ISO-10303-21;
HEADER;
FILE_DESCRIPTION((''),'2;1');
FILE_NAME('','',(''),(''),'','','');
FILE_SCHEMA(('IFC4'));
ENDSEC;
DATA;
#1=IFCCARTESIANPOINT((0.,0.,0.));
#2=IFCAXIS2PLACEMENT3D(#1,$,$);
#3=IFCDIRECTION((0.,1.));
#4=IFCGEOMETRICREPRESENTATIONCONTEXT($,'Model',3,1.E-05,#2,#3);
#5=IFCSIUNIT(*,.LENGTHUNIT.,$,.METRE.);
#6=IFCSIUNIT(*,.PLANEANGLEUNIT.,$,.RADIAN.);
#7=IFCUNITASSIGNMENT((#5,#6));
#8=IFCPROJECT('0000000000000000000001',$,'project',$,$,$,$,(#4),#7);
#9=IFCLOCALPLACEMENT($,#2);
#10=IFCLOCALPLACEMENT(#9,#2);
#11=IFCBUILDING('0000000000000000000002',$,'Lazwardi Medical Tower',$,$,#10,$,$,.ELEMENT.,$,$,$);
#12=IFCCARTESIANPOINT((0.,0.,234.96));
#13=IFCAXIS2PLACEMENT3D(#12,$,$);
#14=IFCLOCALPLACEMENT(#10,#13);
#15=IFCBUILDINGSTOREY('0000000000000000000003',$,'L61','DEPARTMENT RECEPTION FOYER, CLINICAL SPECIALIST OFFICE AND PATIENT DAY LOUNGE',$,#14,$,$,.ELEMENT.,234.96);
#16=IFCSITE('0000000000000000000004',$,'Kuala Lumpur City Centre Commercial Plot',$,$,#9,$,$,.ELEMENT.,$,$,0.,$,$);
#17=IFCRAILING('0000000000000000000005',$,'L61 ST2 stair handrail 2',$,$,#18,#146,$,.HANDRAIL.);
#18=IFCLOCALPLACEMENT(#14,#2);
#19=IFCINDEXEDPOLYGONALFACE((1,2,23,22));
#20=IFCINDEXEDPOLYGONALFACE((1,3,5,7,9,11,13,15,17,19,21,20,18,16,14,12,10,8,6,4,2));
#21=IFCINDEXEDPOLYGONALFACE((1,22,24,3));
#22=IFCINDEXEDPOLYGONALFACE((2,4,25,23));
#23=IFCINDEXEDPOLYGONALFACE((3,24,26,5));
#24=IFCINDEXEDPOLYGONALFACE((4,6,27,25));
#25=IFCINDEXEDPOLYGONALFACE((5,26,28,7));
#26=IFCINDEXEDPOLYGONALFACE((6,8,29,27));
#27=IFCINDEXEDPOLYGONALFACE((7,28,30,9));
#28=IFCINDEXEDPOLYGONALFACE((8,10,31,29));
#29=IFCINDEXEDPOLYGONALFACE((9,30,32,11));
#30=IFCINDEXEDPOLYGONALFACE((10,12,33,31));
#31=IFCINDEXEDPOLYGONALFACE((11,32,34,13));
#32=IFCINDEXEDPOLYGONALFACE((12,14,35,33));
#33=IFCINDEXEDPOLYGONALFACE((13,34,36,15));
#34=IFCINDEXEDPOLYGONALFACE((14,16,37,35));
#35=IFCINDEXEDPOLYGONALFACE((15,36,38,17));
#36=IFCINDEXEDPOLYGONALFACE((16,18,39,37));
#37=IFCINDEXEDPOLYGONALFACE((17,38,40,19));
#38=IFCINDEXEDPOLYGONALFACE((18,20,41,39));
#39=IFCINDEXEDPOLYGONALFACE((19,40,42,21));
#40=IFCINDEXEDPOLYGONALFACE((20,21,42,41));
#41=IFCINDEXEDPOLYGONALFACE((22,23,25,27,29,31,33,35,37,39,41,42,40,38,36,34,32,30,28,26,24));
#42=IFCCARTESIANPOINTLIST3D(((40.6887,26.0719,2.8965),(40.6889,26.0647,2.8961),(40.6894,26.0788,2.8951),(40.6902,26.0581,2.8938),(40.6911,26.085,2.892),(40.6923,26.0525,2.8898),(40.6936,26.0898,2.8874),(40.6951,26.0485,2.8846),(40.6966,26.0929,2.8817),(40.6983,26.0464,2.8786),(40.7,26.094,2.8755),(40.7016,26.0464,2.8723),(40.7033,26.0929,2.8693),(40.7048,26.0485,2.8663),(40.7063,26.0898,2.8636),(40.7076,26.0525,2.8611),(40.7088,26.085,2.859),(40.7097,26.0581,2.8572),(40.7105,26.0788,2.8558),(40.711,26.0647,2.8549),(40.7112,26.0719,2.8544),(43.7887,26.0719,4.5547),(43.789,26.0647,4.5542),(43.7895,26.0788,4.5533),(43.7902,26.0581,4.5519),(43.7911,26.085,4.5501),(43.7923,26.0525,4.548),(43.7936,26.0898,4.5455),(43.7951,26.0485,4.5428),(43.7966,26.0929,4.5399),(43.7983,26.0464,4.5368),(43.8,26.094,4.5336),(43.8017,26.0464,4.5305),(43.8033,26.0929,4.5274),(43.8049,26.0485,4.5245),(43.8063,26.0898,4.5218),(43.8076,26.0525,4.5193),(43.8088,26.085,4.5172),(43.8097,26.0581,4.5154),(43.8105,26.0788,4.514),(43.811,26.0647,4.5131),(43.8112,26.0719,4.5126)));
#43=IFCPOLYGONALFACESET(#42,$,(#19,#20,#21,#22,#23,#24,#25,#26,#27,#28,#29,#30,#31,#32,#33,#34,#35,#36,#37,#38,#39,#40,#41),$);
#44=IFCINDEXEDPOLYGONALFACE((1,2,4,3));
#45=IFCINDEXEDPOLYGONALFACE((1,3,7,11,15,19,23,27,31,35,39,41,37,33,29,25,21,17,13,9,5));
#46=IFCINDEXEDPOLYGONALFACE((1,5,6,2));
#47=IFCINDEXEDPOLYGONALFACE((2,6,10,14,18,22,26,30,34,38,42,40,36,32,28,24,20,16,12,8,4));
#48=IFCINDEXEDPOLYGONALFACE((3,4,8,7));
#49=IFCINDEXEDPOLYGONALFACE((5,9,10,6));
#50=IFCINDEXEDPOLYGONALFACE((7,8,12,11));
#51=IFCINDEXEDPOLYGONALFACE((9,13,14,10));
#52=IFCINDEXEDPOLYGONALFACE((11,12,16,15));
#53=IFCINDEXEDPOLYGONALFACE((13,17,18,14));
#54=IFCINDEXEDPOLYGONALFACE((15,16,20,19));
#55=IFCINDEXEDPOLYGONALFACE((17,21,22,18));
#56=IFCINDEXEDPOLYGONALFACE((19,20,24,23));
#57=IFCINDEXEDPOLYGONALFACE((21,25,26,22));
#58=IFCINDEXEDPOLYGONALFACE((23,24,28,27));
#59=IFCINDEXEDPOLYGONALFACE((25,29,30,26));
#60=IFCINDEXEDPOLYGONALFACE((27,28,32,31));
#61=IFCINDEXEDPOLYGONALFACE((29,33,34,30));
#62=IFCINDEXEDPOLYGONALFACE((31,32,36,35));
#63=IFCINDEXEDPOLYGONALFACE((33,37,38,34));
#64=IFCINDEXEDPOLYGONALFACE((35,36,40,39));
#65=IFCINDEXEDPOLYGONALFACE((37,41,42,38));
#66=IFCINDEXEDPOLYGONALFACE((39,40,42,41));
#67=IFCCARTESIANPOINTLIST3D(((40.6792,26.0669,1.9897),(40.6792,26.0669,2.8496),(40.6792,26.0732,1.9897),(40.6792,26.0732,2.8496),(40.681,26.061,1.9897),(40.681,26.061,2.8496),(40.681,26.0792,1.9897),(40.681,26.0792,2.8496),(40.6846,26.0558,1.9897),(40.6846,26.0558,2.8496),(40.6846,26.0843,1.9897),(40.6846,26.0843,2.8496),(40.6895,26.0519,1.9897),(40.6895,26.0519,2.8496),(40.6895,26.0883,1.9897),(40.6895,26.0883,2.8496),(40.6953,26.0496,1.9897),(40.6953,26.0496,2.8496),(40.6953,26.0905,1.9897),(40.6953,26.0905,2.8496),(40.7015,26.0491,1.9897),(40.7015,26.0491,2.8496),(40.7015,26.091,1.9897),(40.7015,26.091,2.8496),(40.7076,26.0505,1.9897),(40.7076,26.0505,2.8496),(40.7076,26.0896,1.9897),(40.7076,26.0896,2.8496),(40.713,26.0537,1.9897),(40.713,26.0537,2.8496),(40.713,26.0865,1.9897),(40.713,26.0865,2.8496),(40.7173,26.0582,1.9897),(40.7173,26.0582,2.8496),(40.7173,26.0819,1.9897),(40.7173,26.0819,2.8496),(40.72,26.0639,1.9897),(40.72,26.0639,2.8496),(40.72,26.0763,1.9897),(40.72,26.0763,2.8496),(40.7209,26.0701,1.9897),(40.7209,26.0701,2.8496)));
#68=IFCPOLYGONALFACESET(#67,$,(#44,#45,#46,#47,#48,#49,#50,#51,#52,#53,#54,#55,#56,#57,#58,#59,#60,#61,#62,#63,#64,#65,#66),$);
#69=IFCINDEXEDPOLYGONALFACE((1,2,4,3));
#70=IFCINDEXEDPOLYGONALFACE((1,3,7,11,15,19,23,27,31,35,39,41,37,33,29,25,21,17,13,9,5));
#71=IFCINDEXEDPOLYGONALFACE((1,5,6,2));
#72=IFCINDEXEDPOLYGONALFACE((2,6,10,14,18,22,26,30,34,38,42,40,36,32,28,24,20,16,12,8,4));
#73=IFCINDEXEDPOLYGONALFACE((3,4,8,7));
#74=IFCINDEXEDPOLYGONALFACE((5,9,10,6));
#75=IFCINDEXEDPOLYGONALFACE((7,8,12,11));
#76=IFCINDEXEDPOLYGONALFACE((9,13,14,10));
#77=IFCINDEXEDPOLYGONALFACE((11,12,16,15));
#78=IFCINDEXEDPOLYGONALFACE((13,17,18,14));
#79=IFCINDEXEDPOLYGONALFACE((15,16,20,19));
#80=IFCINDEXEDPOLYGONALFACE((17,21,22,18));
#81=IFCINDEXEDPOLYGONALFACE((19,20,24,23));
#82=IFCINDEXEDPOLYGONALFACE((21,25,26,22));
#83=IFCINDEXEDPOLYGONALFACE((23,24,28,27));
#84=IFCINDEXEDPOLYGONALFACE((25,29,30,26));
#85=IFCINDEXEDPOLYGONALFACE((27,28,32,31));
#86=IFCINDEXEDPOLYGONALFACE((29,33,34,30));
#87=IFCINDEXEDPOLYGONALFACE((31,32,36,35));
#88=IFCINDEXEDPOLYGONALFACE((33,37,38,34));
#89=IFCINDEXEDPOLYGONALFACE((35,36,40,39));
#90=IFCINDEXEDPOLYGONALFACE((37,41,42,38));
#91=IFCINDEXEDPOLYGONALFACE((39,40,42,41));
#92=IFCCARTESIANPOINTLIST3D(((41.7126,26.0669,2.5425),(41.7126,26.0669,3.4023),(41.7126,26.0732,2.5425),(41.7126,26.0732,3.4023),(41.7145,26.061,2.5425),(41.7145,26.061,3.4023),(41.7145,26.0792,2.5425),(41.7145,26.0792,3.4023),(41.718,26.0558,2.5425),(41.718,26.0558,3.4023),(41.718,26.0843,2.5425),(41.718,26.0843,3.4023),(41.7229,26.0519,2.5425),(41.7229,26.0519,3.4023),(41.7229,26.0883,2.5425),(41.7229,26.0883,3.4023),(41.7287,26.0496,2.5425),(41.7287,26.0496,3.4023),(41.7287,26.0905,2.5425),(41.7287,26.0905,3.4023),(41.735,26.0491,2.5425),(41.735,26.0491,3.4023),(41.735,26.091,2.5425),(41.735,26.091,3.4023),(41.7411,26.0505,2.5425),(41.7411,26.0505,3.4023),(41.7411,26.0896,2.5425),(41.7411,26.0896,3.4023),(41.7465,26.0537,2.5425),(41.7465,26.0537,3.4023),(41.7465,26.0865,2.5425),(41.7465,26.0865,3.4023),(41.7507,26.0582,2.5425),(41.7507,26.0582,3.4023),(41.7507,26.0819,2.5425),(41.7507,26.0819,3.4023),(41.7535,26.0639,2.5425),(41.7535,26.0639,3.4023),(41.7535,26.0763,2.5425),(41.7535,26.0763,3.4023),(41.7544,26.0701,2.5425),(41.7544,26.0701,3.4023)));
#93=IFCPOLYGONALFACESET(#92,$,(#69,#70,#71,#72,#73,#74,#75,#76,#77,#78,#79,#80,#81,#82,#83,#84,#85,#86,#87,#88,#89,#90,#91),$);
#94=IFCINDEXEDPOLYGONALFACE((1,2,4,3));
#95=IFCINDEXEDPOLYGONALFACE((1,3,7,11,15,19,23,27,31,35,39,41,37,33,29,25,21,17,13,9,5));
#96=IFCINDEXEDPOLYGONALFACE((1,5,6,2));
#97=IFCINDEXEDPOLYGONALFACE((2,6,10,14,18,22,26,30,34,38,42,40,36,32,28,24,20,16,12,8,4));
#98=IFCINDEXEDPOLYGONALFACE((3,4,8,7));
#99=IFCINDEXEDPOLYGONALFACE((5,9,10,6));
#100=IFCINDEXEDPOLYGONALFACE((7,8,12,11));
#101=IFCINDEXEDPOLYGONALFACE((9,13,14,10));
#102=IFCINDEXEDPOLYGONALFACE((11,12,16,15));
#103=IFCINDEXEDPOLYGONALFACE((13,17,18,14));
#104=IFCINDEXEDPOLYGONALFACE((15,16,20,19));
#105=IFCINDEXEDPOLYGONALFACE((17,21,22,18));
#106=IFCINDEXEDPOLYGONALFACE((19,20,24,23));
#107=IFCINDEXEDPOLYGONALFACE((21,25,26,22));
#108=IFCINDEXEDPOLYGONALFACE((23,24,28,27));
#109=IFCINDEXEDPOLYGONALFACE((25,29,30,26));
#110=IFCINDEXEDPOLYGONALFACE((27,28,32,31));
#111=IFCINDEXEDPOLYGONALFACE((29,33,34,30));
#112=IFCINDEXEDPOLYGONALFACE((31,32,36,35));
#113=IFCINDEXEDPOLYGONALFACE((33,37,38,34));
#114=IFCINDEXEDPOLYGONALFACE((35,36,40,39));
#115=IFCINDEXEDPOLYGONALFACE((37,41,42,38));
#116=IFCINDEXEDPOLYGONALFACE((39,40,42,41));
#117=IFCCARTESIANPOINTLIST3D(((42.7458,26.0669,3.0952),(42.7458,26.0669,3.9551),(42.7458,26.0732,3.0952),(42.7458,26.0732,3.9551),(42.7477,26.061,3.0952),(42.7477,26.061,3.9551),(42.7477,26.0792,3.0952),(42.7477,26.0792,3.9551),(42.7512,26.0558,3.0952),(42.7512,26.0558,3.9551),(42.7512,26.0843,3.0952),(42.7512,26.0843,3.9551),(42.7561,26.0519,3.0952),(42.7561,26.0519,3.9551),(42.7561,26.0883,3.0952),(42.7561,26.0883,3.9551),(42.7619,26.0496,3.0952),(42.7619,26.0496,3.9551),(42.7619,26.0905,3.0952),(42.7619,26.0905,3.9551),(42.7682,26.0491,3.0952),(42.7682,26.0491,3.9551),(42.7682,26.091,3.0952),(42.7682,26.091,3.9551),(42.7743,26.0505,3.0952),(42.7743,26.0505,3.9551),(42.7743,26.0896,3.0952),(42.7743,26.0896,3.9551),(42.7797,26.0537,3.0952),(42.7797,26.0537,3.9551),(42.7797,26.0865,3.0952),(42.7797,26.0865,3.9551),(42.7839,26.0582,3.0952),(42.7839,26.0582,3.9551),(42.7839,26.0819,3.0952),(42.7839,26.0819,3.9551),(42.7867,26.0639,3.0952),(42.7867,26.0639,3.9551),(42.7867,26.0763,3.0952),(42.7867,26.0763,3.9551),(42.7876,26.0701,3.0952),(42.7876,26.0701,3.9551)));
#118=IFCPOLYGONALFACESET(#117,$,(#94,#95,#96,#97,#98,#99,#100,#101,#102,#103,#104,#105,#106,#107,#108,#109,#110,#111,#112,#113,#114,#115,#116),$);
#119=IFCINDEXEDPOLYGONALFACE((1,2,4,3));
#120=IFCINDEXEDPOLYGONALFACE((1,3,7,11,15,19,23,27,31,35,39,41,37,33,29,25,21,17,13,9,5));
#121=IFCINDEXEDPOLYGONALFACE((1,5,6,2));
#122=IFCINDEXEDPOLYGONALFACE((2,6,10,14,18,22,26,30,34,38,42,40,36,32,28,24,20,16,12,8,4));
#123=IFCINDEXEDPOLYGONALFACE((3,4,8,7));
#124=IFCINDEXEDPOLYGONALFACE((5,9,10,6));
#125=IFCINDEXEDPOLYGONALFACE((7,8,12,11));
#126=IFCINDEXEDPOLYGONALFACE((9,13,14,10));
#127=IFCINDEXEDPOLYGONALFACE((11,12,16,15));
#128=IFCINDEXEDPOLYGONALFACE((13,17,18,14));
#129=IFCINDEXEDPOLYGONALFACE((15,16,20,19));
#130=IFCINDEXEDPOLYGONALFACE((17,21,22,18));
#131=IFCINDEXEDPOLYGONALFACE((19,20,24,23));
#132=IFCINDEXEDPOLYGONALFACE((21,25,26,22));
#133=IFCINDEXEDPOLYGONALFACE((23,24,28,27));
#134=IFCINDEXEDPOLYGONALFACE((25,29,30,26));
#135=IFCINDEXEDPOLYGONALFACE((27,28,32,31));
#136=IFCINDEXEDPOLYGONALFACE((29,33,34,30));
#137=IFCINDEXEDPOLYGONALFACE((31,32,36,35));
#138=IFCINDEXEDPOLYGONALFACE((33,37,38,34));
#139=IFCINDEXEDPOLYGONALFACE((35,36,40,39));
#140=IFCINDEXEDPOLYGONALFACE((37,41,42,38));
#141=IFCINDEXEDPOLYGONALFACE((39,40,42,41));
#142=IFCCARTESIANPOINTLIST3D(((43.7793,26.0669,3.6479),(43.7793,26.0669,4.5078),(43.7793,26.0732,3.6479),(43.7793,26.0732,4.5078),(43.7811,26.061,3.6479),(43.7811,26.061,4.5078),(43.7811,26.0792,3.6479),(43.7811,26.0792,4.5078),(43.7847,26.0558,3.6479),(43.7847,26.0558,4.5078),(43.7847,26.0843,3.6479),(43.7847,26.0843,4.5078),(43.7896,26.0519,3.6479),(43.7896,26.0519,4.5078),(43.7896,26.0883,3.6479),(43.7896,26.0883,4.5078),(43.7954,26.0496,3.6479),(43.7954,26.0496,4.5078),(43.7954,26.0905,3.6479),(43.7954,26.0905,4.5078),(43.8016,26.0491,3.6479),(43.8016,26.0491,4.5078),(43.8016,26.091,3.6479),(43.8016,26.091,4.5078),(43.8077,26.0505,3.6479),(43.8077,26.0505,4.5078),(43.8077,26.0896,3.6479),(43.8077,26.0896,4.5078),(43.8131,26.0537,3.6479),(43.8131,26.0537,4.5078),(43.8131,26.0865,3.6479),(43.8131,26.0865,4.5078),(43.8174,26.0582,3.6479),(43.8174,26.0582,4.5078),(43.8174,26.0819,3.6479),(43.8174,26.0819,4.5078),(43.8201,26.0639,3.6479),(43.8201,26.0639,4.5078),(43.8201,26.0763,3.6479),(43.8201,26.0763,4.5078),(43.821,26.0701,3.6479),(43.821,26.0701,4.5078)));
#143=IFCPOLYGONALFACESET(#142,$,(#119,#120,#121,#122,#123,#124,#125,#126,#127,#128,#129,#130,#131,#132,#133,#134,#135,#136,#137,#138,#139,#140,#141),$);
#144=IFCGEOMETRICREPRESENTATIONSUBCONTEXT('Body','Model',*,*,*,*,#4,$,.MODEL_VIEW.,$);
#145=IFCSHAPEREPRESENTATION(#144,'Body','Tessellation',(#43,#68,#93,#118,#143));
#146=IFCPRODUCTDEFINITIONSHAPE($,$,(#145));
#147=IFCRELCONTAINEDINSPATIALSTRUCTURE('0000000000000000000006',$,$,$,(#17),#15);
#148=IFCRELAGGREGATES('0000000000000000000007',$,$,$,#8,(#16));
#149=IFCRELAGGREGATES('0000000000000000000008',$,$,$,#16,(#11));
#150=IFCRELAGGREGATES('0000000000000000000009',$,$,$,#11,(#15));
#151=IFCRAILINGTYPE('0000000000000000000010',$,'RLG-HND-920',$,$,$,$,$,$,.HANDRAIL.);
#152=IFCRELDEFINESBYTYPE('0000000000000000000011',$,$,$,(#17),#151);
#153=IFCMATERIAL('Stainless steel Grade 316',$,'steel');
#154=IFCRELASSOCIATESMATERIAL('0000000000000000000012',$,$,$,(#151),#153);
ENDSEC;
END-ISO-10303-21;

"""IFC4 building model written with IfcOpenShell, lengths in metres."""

from ifc_helpers import new_model, si_unit, direction, frame, origin, origin_2d, place, context, subcontext, project, spatial, circle, extrude, material, type_object, element, save


model = new_model("IFC4")

# Units and contexts
model_context = context("Model", 3, precision=1e-05, world=origin(), true_north=direction((0.0, 1.0)))
body_context = subcontext(model_context, "Body", "Model", "MODEL_VIEW")
ifc_project = project(units=[si_unit("LENGTHUNIT", "METRE"), si_unit("PLANEANGLEUNIT", "RADIAN")], contexts=[model_context])

# Site, building, storey
site_placement = place(None, origin())
site = spatial("IfcSite", under=ifc_project, at=site_placement, Name="Kuala Lumpur City Centre Commercial Plot", CompositionType="ELEMENT", RefElevation=0.0)
building_placement = place(site_placement, origin())
building = spatial("IfcBuilding", under=site, at=building_placement, Name="Lazwardi Medical Tower", CompositionType="ELEMENT")
storey_placement = place(building_placement, frame((0.0, 0.0, 234.96)))
storey = spatial("IfcBuildingStorey", under=building, at=storey_placement, Name="L61", Description="DEPARTMENT RECEPTION FOYER, CLINICAL SPECIALIST OFFICE AND PATIENT DAY LOUNGE", CompositionType="ELEMENT", Elevation=234.96)

# Railing
ifc_material_1 = material(Name="Stainless steel Grade 316", Category="steel")
railing_type_1 = type_object("IfcRailingType", Name="RLG-HND-920", PredefinedType="HANDRAIL", material=ifc_material_1)
railing_1_placement = place(storey_placement, frame((40.7, 26.0701, 1.9897)))
element("IfcRailing", 1, at=railing_1_placement, inside=storey, type_object=railing_type_1, Name="L61 ST2 stair handrail 2", PredefinedType="HANDRAIL", context=body_context, shape_type="SweptSolid", body=[
    extrude(circle(Radius=0.0239, at=origin_2d()), frame((0.0, 0.0, 0.8857), z_axis=(0.881783, 0.0, 0.471655), x_axis=(0.0, 1.0, 0.0)), (0.0, 0.0, 1.0), 3.5156),
    extrude(circle(Radius=0.021, at=origin_2d()), origin(), (0.0, 0.0, 1.0), 0.8599),
    extrude(circle(Radius=0.021, at=origin_2d()), frame((1.0334, 0.0, 0.5527)), (0.0, 0.0, 1.0), 0.8599),
    extrude(circle(Radius=0.021, at=origin_2d()), frame((2.0667, 0.0, 1.1055)), (0.0, 0.0, 1.0), 0.8599),
    extrude(circle(Radius=0.021, at=origin_2d()), frame((3.1001, 0.0, 1.6582)), (0.0, 0.0, 1.0), 0.8599),
])

save(model, "model.ifc")
